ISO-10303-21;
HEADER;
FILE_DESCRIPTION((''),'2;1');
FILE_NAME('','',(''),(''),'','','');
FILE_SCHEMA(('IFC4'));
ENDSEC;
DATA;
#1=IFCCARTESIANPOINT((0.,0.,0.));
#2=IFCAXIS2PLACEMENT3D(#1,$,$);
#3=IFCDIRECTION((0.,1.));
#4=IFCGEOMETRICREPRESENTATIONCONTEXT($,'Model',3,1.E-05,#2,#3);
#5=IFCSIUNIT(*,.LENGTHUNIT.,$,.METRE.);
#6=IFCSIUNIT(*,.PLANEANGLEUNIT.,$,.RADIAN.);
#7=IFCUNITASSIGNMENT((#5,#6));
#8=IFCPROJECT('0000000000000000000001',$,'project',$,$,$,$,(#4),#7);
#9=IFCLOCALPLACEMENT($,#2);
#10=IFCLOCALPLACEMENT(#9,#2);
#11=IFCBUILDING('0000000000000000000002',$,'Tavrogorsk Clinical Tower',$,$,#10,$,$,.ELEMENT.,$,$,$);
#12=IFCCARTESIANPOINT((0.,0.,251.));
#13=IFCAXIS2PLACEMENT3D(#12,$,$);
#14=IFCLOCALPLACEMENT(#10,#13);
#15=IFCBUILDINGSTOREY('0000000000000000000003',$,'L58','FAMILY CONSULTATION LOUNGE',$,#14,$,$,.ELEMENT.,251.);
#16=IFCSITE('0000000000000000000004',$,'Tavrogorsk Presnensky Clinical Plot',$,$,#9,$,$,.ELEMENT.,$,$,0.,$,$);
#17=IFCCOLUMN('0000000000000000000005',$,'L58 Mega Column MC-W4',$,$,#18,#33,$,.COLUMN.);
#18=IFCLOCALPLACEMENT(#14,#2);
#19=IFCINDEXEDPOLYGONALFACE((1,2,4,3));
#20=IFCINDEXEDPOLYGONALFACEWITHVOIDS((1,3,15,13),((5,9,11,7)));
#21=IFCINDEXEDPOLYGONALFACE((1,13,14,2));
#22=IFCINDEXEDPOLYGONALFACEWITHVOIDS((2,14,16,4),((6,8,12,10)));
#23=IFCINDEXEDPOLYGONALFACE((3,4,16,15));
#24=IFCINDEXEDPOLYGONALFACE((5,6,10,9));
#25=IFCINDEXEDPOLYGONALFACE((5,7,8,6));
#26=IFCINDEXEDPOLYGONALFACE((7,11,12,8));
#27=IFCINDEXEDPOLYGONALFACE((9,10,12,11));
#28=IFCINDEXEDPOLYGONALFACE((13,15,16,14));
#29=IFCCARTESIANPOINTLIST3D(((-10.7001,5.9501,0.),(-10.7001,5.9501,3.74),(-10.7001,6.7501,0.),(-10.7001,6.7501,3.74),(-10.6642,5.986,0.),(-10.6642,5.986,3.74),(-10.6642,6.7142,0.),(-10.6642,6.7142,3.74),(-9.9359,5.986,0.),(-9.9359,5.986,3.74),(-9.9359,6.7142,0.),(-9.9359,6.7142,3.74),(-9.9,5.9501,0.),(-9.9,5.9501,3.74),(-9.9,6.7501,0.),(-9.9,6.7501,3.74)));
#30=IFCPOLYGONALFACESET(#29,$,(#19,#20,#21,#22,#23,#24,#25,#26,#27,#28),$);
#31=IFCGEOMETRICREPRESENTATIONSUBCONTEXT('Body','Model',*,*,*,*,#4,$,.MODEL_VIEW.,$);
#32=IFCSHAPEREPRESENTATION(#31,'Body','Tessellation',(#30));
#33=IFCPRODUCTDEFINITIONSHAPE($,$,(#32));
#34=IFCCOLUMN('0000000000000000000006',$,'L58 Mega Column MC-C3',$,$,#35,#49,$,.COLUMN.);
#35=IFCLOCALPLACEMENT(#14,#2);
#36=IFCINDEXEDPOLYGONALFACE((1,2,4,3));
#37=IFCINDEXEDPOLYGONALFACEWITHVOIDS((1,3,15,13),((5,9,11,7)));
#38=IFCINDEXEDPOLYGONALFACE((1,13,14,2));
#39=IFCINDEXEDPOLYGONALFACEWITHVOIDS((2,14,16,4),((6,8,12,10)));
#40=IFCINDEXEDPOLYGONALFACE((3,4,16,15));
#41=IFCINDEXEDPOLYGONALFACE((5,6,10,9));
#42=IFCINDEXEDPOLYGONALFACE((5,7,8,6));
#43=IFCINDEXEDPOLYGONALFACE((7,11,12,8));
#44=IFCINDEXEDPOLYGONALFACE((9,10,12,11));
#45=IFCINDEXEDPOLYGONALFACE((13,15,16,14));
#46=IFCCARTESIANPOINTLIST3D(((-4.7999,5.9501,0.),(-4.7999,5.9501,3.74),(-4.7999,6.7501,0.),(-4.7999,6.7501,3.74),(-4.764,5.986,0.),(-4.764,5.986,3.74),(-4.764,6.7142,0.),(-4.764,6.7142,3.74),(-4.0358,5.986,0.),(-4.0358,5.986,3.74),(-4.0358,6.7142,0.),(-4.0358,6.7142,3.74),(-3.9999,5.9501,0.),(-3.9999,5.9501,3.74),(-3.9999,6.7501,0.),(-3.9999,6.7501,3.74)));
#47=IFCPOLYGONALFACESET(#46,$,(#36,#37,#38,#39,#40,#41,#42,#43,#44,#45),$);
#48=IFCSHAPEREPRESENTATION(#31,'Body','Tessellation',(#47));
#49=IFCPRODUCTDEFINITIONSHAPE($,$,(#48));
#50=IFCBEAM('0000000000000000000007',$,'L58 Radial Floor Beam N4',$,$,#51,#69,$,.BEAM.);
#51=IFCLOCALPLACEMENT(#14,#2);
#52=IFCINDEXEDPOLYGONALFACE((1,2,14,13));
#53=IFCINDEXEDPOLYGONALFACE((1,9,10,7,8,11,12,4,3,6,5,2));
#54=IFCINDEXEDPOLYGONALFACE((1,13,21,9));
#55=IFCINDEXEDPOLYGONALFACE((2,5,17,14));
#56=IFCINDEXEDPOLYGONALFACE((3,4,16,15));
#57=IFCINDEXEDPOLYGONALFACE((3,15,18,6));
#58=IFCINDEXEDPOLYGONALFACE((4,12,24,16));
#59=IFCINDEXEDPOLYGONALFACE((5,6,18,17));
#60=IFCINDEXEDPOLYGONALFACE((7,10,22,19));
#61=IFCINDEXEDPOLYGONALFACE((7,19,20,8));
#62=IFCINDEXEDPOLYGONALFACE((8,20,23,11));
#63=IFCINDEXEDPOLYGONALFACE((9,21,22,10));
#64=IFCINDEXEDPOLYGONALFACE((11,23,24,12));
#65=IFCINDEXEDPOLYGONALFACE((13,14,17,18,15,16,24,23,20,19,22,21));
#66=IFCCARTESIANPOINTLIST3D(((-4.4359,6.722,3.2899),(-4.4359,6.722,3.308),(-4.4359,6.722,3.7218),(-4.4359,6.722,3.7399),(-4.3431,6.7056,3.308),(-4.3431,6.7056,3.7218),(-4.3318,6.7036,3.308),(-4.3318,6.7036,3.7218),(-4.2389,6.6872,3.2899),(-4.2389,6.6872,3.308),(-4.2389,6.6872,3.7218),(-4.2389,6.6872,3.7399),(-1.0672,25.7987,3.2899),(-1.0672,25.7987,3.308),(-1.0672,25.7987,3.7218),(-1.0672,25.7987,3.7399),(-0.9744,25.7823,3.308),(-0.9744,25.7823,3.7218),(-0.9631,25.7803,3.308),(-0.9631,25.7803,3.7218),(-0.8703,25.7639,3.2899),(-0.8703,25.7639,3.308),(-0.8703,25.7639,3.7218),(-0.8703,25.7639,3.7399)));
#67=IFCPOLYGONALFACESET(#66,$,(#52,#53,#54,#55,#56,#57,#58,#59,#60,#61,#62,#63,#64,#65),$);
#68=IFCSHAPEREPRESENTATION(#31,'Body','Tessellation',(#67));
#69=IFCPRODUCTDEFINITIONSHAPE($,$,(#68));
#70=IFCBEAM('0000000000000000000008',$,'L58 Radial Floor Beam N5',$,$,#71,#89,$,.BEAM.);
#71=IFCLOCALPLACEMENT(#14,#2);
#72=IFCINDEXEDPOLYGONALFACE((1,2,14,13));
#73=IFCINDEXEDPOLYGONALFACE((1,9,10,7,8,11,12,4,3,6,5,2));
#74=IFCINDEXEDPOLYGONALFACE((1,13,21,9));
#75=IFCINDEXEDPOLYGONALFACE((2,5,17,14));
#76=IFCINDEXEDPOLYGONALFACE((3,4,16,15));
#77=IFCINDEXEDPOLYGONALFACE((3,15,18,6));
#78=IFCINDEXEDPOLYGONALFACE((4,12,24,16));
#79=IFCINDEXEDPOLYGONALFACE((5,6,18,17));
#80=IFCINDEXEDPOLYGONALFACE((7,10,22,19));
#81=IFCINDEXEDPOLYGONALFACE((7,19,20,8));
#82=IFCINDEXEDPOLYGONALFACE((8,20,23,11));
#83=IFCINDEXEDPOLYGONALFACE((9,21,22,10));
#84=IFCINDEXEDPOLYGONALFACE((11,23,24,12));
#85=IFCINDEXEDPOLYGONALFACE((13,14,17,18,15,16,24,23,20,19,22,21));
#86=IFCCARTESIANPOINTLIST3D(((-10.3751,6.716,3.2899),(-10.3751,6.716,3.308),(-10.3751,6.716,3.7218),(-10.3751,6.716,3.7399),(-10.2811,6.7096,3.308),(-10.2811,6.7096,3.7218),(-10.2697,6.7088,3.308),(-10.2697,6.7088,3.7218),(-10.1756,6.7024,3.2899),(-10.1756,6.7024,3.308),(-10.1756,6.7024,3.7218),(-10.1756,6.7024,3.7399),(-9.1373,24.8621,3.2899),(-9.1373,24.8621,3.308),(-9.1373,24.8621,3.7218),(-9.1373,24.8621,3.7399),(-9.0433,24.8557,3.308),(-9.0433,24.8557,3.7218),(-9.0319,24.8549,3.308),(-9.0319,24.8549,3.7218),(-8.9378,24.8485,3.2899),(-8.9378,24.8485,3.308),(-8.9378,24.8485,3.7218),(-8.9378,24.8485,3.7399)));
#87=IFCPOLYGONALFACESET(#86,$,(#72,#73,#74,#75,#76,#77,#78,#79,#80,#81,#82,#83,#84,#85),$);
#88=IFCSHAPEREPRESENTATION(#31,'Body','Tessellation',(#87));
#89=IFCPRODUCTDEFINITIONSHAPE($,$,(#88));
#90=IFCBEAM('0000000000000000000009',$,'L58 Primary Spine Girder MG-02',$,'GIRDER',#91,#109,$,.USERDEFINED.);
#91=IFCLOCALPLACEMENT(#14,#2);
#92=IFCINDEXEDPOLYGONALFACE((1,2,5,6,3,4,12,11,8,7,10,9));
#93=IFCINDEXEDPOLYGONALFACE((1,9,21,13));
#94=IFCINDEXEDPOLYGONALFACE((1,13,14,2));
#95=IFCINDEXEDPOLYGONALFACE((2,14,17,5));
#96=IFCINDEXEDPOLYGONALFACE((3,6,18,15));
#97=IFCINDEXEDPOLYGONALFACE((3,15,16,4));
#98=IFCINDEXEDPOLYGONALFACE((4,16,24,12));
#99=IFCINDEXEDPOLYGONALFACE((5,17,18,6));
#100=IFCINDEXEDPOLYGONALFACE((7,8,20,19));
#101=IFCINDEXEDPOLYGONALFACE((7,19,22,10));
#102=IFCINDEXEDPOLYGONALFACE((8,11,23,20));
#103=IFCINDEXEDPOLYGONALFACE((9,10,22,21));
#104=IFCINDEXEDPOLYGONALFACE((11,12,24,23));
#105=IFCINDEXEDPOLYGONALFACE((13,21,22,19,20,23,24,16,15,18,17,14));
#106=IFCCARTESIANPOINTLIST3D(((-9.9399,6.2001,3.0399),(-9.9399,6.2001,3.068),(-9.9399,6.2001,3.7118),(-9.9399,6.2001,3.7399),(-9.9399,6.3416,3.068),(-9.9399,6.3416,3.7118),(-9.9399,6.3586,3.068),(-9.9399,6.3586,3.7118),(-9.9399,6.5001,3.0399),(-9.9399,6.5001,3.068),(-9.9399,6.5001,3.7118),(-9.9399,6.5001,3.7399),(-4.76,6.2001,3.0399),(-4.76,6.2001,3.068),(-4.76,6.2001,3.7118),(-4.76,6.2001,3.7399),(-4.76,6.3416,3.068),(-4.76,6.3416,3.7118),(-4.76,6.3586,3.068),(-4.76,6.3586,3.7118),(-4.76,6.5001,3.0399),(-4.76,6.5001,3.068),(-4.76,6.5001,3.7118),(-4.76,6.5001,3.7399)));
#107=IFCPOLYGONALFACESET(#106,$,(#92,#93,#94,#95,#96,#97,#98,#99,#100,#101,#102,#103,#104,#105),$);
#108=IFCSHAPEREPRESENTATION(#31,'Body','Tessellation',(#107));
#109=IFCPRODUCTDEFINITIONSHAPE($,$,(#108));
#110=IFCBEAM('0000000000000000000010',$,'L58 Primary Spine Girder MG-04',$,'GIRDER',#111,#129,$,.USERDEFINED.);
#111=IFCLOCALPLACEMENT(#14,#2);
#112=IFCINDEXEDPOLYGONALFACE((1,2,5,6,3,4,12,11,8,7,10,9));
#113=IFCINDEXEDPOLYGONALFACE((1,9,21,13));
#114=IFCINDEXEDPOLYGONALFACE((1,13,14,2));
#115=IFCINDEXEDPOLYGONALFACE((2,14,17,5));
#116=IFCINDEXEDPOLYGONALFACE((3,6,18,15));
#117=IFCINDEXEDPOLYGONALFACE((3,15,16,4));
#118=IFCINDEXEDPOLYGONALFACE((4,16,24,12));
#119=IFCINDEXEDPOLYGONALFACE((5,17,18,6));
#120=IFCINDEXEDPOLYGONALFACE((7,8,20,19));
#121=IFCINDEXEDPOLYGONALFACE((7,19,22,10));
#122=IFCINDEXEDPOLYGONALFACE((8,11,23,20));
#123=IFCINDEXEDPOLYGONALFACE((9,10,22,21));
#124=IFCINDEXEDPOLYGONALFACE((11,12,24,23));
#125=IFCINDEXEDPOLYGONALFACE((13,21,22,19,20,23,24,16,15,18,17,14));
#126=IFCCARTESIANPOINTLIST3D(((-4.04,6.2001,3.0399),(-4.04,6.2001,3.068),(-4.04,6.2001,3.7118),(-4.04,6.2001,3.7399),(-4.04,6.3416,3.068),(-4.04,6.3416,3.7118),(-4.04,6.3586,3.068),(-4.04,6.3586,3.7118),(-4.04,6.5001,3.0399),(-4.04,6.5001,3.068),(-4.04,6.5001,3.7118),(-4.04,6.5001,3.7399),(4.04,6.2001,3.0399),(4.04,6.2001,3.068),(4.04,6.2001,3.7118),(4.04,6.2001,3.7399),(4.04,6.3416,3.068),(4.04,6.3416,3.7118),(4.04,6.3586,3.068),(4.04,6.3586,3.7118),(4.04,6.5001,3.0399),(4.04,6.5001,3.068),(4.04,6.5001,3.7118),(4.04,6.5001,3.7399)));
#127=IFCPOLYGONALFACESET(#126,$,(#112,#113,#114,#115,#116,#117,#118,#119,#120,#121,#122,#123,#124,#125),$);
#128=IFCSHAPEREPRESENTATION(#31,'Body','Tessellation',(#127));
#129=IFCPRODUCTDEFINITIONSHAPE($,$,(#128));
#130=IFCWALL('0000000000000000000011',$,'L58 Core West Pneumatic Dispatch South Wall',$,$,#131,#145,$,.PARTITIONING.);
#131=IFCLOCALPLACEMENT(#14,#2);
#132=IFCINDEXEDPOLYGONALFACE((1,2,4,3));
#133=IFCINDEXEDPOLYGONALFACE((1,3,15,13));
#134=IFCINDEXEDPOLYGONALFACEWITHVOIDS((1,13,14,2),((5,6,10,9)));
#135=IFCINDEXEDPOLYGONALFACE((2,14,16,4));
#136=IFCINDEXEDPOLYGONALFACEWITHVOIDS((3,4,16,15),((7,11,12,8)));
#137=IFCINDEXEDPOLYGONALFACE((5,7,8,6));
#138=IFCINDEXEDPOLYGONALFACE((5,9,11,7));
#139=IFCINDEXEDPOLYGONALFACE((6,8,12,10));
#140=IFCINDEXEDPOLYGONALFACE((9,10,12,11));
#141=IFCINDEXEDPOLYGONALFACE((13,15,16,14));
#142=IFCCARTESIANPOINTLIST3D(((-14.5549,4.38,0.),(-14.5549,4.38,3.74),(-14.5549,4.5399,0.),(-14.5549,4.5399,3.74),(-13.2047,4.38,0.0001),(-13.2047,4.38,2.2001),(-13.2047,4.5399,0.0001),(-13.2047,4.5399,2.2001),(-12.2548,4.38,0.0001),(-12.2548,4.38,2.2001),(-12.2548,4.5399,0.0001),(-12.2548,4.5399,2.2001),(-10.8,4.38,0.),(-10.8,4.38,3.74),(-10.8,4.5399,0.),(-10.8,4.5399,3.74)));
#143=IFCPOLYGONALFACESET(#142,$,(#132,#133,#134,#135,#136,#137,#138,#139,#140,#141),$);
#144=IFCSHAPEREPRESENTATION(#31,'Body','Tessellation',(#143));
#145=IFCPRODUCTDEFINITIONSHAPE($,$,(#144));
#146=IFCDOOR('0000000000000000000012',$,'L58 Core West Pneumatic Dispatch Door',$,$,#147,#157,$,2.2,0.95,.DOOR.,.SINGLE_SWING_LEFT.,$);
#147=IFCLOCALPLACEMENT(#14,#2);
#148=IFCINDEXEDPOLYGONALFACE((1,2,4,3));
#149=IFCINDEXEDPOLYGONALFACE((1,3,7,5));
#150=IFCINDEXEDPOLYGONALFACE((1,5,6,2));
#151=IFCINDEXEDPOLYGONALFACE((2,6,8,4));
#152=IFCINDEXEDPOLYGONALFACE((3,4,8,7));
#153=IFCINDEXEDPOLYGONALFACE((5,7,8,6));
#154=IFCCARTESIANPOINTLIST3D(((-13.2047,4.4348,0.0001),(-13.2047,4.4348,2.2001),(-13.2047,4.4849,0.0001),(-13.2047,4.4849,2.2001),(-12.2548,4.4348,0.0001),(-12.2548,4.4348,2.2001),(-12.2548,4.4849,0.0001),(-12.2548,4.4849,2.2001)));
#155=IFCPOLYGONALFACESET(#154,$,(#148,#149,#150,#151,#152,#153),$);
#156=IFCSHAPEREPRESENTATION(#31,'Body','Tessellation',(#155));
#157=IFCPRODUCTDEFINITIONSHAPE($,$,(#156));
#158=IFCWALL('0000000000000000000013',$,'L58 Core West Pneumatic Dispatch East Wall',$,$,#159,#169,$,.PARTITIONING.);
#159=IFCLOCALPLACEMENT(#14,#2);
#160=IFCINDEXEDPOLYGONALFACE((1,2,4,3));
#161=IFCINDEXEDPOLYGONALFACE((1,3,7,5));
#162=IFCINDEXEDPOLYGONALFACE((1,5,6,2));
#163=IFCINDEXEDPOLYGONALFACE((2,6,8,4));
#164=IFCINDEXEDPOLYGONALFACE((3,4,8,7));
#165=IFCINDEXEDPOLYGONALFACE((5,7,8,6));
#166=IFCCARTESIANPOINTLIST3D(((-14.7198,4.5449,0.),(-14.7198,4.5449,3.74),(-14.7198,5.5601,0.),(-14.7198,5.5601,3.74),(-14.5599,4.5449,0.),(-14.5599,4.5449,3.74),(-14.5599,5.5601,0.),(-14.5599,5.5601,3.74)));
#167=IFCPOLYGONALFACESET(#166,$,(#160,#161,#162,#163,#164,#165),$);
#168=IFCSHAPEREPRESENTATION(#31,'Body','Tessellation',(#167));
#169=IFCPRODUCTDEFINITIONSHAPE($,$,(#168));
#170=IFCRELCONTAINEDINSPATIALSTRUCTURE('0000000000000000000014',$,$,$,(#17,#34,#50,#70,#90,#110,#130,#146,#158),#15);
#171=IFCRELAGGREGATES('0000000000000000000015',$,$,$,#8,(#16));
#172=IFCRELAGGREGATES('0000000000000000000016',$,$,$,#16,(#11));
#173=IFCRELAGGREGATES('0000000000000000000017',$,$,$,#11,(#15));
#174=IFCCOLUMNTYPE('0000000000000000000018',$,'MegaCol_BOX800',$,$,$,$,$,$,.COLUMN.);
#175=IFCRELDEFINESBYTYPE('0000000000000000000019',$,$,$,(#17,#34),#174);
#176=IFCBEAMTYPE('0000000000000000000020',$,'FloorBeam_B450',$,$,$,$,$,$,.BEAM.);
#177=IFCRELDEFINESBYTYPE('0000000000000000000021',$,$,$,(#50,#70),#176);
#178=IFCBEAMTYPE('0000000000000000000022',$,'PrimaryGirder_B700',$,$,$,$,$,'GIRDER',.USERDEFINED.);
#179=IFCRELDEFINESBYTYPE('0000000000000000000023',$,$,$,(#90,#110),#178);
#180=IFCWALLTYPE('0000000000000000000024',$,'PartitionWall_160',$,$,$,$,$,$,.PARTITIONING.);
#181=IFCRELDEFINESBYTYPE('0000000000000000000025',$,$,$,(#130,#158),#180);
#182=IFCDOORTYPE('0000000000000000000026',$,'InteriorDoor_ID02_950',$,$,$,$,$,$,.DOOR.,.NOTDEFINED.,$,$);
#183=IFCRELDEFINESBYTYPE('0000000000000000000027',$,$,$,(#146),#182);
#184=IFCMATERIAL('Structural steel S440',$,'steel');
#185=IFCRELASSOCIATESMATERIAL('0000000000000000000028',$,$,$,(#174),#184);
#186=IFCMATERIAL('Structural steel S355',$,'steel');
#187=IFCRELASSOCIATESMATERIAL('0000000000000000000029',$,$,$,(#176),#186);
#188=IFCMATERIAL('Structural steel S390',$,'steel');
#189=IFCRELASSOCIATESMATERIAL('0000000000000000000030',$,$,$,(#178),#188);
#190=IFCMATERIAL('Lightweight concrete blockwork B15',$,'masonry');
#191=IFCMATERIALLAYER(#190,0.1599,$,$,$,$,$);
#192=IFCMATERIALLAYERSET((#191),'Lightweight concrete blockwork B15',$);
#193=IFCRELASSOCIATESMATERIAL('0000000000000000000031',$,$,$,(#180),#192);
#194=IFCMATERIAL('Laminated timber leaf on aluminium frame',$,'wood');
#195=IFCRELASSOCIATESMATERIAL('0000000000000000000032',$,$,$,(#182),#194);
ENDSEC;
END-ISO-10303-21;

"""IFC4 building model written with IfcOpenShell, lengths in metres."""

from ifc_helpers import new_model, si_unit, direction, frame, frame_2d, origin, origin_2d, place, context, subcontext, project, spatial, rectangle, hollow_rectangle, i_section, extrude, material, layer, layer_set, material_profile, profile_set, type_object, element, fill, save


model = new_model("IFC4")

# Units and contexts
model_context = context("Model", 3, precision=1e-05, world=origin(), true_north=direction((0.0, 1.0)))
body_context = subcontext(model_context, "Body", "Model", "MODEL_VIEW")
ifc_project = project(units=[si_unit("LENGTHUNIT", "METRE"), si_unit("PLANEANGLEUNIT", "RADIAN")], contexts=[model_context])

# Site, building, storey
site_placement = place(None, origin())
site = spatial("IfcSite", under=ifc_project, at=site_placement, Name="Tavrogorsk Presnensky Clinical Plot", CompositionType="ELEMENT", RefElevation=0.0)
building_placement = place(site_placement, origin())
building = spatial("IfcBuilding", under=site, at=building_placement, Name="Tavrogorsk Clinical Tower", CompositionType="ELEMENT")
storey_placement = place(building_placement, frame((0.0, 0.0, 251.0)))
storey = spatial("IfcBuildingStorey", under=building, at=storey_placement, Name="L58", Description="FAMILY CONSULTATION LOUNGE", CompositionType="ELEMENT", Elevation=251.0)

# Columns
ifc_material_1 = material(Name="Structural steel S440", Category="steel")
ifc_material_profile_1 = material_profile(ifc_material_1, hollow_rectangle(XDim=0.8, YDim=0.8, WallThickness=0.0359, at=origin_2d()), Name="BOX-800x800x36")
ifc_profile_set_1 = profile_set([ifc_material_profile_1], Name="Structural steel S440")
column_type = type_object("IfcColumnType", Name="MegaCol_BOX800", PredefinedType="COLUMN", material=ifc_profile_set_1)
for number, where, z_axis, x_axis, name in (
    (1, (-10.3, 6.3501, 0.0), (0.0, 0.0, 1.0), (1.0, 0.0, 0.0), "L58 Mega Column MC-W4"),
    (2, (-4.3999, 6.3501, 0.0), (0.0, 0.0, 1.0), (1.0, 0.0, 0.0), "L58 Mega Column MC-C3"),
):
    element("IfcColumn", number, at=place(storey_placement, frame(where, z_axis=z_axis, x_axis=x_axis)), inside=storey, type_object=column_type, Name=name, PredefinedType="COLUMN", context=body_context, shape_type="SweptSolid", body=[
        extrude(hollow_rectangle(XDim=0.8, YDim=0.8, WallThickness=0.0359, at=origin_2d()), origin(), (0.0, 0.0, 1.0), 3.74),
    ])

# Beams
ifc_material_2 = material(Name="Structural steel S355", Category="steel")
ifc_material_profile_2 = material_profile(ifc_material_2, i_section(OverallWidth=0.2, OverallDepth=0.45, WebThickness=0.0115, FlangeThickness=0.0181, at=origin_2d()), Name="B-450x200x11.5x18")
ifc_profile_set_2 = profile_set([ifc_material_profile_2], Name="Structural steel S355")
beam_type_1 = type_object("IfcBeamType", Name="FloorBeam_B450", PredefinedType="BEAM", material=ifc_profile_set_2)
beam_1_placement = place(storey_placement, frame((-4.3374, 6.7046, 3.5149), z_axis=(0.173895, 0.984764, 0.0), x_axis=(-0.984764, 0.173895, 0.0)))
element("IfcBeam", 3, at=beam_1_placement, inside=storey, type_object=beam_type_1, Name="L58 Radial Floor Beam N4", PredefinedType="BEAM", context=body_context, shape_type="SweptSolid", body=[
    extrude(i_section(OverallWidth=0.2, OverallDepth=0.45, WebThickness=0.0115, FlangeThickness=0.0181, at=origin_2d()), origin(), (0.0, 0.0, 1.0), 19.3718),
])
beam_2_placement = place(storey_placement, frame((-10.2754, 6.7092, 3.5149), z_axis=(0.068055, 0.997682, 0.0), x_axis=(-0.997682, 0.068055, 0.0)))
element("IfcBeam", 4, at=beam_2_placement, inside=storey, type_object=beam_type_1, Name="L58 Radial Floor Beam N5", PredefinedType="BEAM", context=body_context, shape_type="SweptSolid", body=[
    extrude(i_section(OverallWidth=0.2, OverallDepth=0.45, WebThickness=0.0115, FlangeThickness=0.0181, at=origin_2d()), origin(), (0.0, 0.0, 1.0), 18.1882),
])
ifc_material_3 = material(Name="Structural steel S390", Category="steel")
ifc_material_profile_3 = material_profile(ifc_material_3, i_section(OverallWidth=0.3, OverallDepth=0.7, WebThickness=0.0171, FlangeThickness=0.0281, at=origin_2d()), Name="B-700x300x17x28")
ifc_profile_set_3 = profile_set([ifc_material_profile_3], Name="Structural steel S390")
beam_type_2 = type_object("IfcBeamType", Name="PrimaryGirder_B700", ElementType="GIRDER", PredefinedType="USERDEFINED", material=ifc_profile_set_3)
beam_3_placement = place(storey_placement, frame((-9.9399, 6.3501, 3.3899), z_axis=(1.0, 0.0, 0.0), x_axis=(0.0, 1.0, 0.0)))
element("IfcBeam", 5, at=beam_3_placement, inside=storey, type_object=beam_type_2, Name="L58 Primary Spine Girder MG-02", ObjectType="GIRDER", PredefinedType="USERDEFINED", context=body_context, shape_type="SweptSolid", body=[
    extrude(i_section(OverallWidth=0.3, OverallDepth=0.7, WebThickness=0.0171, FlangeThickness=0.0281, at=origin_2d()), origin(), (0.0, 0.0, 1.0), 5.1799),
])
beam_4_placement = place(storey_placement, frame((-4.04, 6.3501, 3.3899), z_axis=(1.0, 0.0, 0.0), x_axis=(0.0, 1.0, 0.0)))
element("IfcBeam", 6, at=beam_4_placement, inside=storey, type_object=beam_type_2, Name="L58 Primary Spine Girder MG-04", ObjectType="GIRDER", PredefinedType="USERDEFINED", context=body_context, shape_type="SweptSolid", body=[
    extrude(i_section(OverallWidth=0.3, OverallDepth=0.7, WebThickness=0.0171, FlangeThickness=0.0281, at=origin_2d()), origin(), (0.0, 0.0, 1.0), 8.0801),
])

# Wall, opening, door
ifc_material_4 = material(Name="Lightweight concrete blockwork B15", Category="masonry")
ifc_layer_1 = layer(ifc_material_4, 0.1599)
ifc_layer_set_1 = layer_set([ifc_layer_1], Name="Lightweight concrete blockwork B15")
wall_type_1 = type_object("IfcWallType", Name="PartitionWall_160", PredefinedType="PARTITIONING", material=ifc_layer_set_1)
wall_1_placement = place(storey_placement, frame((-14.5549, 4.46, 0.0), z_axis=(0.0, 0.0, 1.0), x_axis=(1.0, 0.0, 0.0)))
wall_1 = element("IfcWall", 7, at=wall_1_placement, inside=storey, type_object=wall_type_1, Name="L58 Core West Pneumatic Dispatch South Wall", PredefinedType="PARTITIONING", context=body_context, shape_type="SweptSolid", body=[
    extrude(rectangle(XDim=3.7549, YDim=0.1599, at=frame_2d((1.8774, 0.0))), origin(), (0.0, 0.0, 1.0), 3.74),
])
opening_1_placement = place(wall_1_placement, frame((1.3501, 0.0, 0.0)))
opening_1 = element("IfcOpeningElement", 8, at=opening_1_placement, cuts=wall_1, PredefinedType="OPENING", context=body_context, shape_type="SweptSolid", body=[
    extrude(rectangle(XDim=0.95, YDim=2.2, at=frame_2d((0.4751, 1.1001))), frame((0.0, 0.0898, 0.0), z_axis=(0.0, -1.0, 0.0), x_axis=(1.0, 0.0, 0.0)), (0.0, 0.0, 1.0), 0.1799),
])
ifc_material_5 = material(Name="Laminated timber leaf on aluminium frame", Category="wood")
door_type_1 = type_object("IfcDoorType", Name="InteriorDoor_ID02_950", OperationType="NOTDEFINED", PredefinedType="DOOR", material=ifc_material_5)
door_1_placement = place(opening_1_placement, origin())
door_1 = element("IfcDoor", 9, at=door_1_placement, inside=storey, type_object=door_type_1, Name="L58 Core West Pneumatic Dispatch Door", OperationType="SINGLE_SWING_LEFT", OverallHeight=2.2, OverallWidth=0.95, PredefinedType="DOOR", context=body_context, shape_type="SweptSolid", body=[
    extrude(rectangle(XDim=0.95, YDim=2.2, at=frame_2d((0.4751, 1.1001))), frame((0.0, 0.0249, 0.0), z_axis=(0.0, -1.0, 0.0), x_axis=(1.0, 0.0, 0.0)), (0.0, 0.0, 1.0), 0.05),
])
fill(opening_1, door_1)

# Wall
wall_2_placement = place(storey_placement, frame((-14.6399, 4.5449, 0.0), z_axis=(0.0, 0.0, 1.0), x_axis=(0.0, 1.0, 0.0)))
element("IfcWall", 10, at=wall_2_placement, inside=storey, type_object=wall_type_1, Name="L58 Core West Pneumatic Dispatch East Wall", PredefinedType="PARTITIONING", context=body_context, shape_type="SweptSolid", body=[
    extrude(rectangle(XDim=1.0151, YDim=0.1599, at=frame_2d((0.5076, 0.0))), origin(), (0.0, 0.0, 1.0), 3.74),
])

save(model, "model.ifc")
